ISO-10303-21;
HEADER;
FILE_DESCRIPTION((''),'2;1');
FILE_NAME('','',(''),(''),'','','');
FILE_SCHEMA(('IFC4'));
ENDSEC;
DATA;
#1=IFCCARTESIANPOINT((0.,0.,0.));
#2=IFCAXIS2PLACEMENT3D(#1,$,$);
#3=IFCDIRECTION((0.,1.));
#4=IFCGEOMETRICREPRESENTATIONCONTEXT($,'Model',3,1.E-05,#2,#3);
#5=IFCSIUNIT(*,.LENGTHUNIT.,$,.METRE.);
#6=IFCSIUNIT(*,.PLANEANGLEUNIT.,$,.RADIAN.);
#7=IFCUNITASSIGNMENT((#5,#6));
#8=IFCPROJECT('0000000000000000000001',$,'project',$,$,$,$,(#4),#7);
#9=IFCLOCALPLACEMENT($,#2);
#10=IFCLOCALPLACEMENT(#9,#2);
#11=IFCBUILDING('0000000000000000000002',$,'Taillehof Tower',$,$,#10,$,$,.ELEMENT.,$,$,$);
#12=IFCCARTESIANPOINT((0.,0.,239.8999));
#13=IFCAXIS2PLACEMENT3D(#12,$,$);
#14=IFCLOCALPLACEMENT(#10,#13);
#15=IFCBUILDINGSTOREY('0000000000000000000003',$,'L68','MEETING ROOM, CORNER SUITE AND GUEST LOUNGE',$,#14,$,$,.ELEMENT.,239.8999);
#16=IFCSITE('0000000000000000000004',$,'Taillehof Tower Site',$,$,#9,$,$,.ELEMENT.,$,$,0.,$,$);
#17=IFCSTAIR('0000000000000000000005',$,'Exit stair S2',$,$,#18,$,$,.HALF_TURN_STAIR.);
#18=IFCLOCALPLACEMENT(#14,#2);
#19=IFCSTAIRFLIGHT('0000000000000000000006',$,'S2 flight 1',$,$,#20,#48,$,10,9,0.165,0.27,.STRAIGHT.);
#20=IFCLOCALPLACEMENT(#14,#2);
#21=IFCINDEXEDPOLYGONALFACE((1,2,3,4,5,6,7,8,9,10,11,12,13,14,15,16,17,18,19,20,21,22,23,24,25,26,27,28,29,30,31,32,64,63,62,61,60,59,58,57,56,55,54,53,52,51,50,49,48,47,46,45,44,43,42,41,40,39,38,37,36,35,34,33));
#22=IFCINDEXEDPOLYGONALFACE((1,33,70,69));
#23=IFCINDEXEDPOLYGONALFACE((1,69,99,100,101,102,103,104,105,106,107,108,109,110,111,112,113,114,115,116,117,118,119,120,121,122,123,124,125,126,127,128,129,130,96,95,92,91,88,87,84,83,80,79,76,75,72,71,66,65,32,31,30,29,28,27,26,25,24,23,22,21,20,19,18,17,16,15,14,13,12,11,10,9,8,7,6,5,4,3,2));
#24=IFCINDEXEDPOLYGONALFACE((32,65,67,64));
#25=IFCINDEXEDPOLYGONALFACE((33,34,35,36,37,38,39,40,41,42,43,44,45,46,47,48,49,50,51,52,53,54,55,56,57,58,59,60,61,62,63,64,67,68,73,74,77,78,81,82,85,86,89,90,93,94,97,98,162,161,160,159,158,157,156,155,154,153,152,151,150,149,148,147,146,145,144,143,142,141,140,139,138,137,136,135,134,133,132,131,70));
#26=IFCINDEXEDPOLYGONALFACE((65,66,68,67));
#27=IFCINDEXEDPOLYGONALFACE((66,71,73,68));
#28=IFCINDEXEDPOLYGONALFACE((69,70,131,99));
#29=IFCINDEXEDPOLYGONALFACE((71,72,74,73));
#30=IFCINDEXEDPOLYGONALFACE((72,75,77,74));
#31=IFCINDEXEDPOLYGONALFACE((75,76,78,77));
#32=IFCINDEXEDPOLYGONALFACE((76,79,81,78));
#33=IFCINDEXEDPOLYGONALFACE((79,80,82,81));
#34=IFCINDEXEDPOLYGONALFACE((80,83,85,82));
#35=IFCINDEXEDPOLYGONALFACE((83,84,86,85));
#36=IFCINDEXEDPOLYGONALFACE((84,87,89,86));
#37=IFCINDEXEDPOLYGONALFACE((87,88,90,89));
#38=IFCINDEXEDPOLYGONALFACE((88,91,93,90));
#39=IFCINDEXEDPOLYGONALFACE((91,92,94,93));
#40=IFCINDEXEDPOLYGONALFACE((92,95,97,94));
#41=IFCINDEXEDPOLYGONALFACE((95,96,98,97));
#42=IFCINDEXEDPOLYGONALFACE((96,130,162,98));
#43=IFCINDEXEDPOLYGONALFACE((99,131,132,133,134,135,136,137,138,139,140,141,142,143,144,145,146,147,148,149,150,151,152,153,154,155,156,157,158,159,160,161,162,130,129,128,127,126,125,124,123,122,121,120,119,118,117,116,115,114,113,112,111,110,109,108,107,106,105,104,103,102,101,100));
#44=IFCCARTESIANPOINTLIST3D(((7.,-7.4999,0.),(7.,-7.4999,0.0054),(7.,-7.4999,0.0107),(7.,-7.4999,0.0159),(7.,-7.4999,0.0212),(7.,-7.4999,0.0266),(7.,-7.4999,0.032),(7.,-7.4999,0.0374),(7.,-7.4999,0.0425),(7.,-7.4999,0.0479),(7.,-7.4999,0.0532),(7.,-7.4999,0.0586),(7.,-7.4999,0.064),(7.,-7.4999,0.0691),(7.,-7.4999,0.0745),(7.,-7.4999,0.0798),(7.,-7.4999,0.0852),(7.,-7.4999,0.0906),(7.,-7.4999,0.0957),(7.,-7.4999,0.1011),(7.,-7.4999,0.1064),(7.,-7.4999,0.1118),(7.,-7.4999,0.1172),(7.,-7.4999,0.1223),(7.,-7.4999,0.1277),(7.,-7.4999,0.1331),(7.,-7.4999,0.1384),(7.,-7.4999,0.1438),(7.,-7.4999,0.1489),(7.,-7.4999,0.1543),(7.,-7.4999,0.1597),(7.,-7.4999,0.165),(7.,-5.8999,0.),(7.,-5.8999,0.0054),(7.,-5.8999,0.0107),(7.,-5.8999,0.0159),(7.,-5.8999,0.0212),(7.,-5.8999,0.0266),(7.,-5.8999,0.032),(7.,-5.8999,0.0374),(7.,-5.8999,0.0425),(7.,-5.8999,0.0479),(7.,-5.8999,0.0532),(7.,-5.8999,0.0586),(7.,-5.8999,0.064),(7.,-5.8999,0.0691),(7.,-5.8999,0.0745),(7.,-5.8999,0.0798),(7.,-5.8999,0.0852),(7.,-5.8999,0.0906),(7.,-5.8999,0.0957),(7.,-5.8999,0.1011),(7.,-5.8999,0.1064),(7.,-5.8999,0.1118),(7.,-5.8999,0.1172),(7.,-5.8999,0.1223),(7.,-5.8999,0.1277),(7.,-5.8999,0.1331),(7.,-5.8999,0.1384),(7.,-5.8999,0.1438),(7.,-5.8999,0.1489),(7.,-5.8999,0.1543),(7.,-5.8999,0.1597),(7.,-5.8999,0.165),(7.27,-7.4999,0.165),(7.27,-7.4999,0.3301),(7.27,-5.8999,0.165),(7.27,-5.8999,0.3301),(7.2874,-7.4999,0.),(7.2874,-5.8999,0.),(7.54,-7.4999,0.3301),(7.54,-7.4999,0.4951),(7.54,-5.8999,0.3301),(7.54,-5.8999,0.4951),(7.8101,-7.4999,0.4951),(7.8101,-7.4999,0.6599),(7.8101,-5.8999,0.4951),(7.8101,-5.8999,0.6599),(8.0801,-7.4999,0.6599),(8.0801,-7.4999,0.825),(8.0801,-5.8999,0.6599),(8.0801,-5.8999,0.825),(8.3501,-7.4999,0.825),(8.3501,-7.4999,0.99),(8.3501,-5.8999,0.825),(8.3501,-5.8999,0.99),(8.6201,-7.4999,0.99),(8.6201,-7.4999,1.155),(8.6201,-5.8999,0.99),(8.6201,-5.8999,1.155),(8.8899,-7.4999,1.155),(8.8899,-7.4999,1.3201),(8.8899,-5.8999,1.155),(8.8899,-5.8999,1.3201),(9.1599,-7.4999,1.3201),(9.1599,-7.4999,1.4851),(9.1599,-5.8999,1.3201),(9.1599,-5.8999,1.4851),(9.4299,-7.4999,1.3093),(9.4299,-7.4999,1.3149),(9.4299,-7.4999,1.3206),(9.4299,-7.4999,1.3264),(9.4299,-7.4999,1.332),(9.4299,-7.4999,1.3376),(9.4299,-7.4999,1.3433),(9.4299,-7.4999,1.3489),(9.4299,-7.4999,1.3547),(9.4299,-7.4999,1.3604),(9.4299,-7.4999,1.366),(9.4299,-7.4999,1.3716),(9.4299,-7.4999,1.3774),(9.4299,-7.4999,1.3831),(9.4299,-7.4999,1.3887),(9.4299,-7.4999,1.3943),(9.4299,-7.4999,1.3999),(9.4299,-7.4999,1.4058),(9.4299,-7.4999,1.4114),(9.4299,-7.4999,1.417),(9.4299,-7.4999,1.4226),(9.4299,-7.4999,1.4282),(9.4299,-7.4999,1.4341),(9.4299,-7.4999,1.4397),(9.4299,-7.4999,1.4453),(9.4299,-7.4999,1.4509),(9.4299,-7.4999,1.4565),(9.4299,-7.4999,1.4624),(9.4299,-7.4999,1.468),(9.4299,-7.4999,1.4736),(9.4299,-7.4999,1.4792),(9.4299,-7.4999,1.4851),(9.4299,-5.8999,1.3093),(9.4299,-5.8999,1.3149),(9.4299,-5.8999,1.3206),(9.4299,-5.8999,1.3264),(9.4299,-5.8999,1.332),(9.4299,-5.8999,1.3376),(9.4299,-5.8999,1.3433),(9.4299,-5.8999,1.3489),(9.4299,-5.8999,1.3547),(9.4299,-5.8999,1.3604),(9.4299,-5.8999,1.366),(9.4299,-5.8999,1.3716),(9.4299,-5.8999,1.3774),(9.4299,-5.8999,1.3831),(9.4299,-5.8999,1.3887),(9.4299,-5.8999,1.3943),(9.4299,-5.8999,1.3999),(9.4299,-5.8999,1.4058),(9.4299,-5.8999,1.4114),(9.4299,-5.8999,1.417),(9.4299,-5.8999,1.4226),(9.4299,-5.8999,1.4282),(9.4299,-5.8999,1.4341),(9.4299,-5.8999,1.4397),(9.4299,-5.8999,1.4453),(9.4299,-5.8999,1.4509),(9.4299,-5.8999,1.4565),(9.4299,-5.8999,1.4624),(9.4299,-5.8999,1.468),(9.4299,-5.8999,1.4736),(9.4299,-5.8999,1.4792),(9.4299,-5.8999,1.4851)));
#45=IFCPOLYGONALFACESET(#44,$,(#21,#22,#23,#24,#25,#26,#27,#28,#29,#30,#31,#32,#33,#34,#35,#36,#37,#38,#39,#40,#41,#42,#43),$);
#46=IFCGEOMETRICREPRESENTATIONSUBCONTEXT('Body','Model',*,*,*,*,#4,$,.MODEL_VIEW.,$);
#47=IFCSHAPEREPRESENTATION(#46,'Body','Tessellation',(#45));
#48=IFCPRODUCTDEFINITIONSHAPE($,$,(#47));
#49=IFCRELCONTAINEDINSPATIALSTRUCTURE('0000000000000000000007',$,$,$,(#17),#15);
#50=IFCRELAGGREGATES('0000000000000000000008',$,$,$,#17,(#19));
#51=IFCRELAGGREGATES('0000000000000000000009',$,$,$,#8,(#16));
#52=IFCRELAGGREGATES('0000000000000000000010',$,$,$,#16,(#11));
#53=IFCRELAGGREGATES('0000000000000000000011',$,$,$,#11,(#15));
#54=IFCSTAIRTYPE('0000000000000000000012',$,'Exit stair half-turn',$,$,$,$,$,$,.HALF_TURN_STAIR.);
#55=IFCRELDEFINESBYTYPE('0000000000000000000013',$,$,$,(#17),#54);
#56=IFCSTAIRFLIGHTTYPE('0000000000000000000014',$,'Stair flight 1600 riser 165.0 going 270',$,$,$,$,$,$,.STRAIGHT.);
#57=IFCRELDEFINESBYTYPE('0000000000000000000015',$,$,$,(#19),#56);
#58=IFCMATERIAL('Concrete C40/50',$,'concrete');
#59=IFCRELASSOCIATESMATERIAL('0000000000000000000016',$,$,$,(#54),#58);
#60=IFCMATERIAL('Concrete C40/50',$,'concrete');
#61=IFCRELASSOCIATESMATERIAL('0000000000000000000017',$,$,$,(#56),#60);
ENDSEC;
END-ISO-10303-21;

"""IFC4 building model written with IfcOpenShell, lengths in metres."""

from ifc_helpers import new_model, si_unit, direction, frame, origin, place, context, subcontext, project, spatial, polyline, outline, extrude, material, type_object, element, aggregate, save


model = new_model("IFC4")

# Units and contexts
model_context = context("Model", 3, precision=1e-05, world=origin(), true_north=direction((0.0, 1.0)))
body_context = subcontext(model_context, "Body", "Model", "MODEL_VIEW")
ifc_project = project(units=[si_unit("LENGTHUNIT", "METRE"), si_unit("PLANEANGLEUNIT", "RADIAN")], contexts=[model_context])

# Site, building, storey
site_placement = place(None, origin())
site = spatial("IfcSite", under=ifc_project, at=site_placement, Name="Taillehof Tower Site", CompositionType="ELEMENT", RefElevation=0.0)
building_placement = place(site_placement, origin())
building = spatial("IfcBuilding", under=site, at=building_placement, Name="Taillehof Tower", CompositionType="ELEMENT")
storey_placement = place(building_placement, frame((0.0, 0.0, 239.8999)))
storey = spatial("IfcBuildingStorey", under=building, at=storey_placement, Name="L68", Description="MEETING ROOM, CORNER SUITE AND GUEST LOUNGE", CompositionType="ELEMENT", Elevation=239.8999)

# Stair
ifc_material_1 = material(Name="Concrete C40/50", Category="concrete")
stair_type = type_object("IfcStairType", Name="Exit stair half-turn", PredefinedType="HALF_TURN_STAIR", material=ifc_material_1)
stair_1_placement = place(storey_placement, origin())
stair_1 = element("IfcStair", 1, at=stair_1_placement, inside=storey, type_object=stair_type, Name="Exit stair S2", PredefinedType="HALF_TURN_STAIR")

# Stair flight
ifc_material_2 = material(Name="Concrete C40/50", Category="concrete")
stair_flight_type = type_object("IfcStairFlightType", Name="Stair flight 1600 riser 165.0 going 270", PredefinedType="STRAIGHT", material=ifc_material_2)
stair_flight_placement = place(storey_placement, frame((7.0, -6.7, 0.0), z_axis=(0.0, 0.0, 1.0), x_axis=(1.0, 0.0, 0.0)))
stair_flight = element("IfcStairFlight", 2, at=stair_flight_placement, type_object=stair_flight_type, Name="S2 flight 1", NumberOfRisers=10, NumberOfTreads=9, PredefinedType="STRAIGHT", RiserHeight=0.165, TreadLength=0.27, context=body_context, shape_type="SweptSolid", body=[
    extrude(outline(polyline([(0.0, 0.0), (0.0, 0.0054), (0.0, 0.0107), (0.0, 0.0159), (0.0, 0.0212), (0.0, 0.0266), (0.0, 0.032), (0.0, 0.0374), (0.0, 0.0425), (0.0, 0.0479), (0.0, 0.0532), (0.0, 0.0586), (0.0, 0.064), (0.0, 0.0691), (0.0, 0.0745), (0.0, 0.0798), (0.0, 0.0852), (0.0, 0.0906), (0.0, 0.0957), (0.0, 0.1011), (0.0, 0.1064), (0.0, 0.1118), (0.0, 0.1172), (0.0, 0.1223), (0.0, 0.1277), (0.0, 0.1331), (0.0, 0.1384), (0.0, 0.1438), (0.0, 0.1489), (0.0, 0.1543), (0.0, 0.1597), (0.0, 0.165), (0.27, 0.165), (0.27, 0.3301), (0.54, 0.3301), (0.54, 0.4951), (0.8101, 0.4951), (0.8101, 0.6599), (1.0801, 0.6599), (1.0801, 0.825), (1.3501, 0.825), (1.3501, 0.99), (1.6201, 0.99), (1.6201, 1.155), (1.8899, 1.155), (1.8899, 1.3201), (2.1599, 1.3201), (2.1599, 1.4851), (2.4299, 1.4851), (2.4299, 1.4792), (2.4299, 1.4736), (2.4299, 1.468), (2.4299, 1.4624), (2.4299, 1.4565), (2.4299, 1.4509), (2.4299, 1.4453), (2.4299, 1.4397), (2.4299, 1.4341), (2.4299, 1.4282), (2.4299, 1.4226), (2.4299, 1.417), (2.4299, 1.4114), (2.4299, 1.4058), (2.4299, 1.3999), (2.4299, 1.3943), (2.4299, 1.3887), (2.4299, 1.3831), (2.4299, 1.3774), (2.4299, 1.3716), (2.4299, 1.366), (2.4299, 1.3604), (2.4299, 1.3547), (2.4299, 1.3489), (2.4299, 1.3433), (2.4299, 1.3376), (2.4299, 1.332), (2.4299, 1.3264), (2.4299, 1.3206), (2.4299, 1.3149), (2.4299, 1.3093), (0.2874, 0.0), (0.0, 0.0)])), frame((0.0, 0.8, 0.0), z_axis=(0.0, -1.0, 0.0), x_axis=(1.0, 0.0, 0.0)), (0.0, 0.0, 1.0), 1.6),
])
aggregate(stair_1, [stair_flight])

save(model, "model.ifc")
